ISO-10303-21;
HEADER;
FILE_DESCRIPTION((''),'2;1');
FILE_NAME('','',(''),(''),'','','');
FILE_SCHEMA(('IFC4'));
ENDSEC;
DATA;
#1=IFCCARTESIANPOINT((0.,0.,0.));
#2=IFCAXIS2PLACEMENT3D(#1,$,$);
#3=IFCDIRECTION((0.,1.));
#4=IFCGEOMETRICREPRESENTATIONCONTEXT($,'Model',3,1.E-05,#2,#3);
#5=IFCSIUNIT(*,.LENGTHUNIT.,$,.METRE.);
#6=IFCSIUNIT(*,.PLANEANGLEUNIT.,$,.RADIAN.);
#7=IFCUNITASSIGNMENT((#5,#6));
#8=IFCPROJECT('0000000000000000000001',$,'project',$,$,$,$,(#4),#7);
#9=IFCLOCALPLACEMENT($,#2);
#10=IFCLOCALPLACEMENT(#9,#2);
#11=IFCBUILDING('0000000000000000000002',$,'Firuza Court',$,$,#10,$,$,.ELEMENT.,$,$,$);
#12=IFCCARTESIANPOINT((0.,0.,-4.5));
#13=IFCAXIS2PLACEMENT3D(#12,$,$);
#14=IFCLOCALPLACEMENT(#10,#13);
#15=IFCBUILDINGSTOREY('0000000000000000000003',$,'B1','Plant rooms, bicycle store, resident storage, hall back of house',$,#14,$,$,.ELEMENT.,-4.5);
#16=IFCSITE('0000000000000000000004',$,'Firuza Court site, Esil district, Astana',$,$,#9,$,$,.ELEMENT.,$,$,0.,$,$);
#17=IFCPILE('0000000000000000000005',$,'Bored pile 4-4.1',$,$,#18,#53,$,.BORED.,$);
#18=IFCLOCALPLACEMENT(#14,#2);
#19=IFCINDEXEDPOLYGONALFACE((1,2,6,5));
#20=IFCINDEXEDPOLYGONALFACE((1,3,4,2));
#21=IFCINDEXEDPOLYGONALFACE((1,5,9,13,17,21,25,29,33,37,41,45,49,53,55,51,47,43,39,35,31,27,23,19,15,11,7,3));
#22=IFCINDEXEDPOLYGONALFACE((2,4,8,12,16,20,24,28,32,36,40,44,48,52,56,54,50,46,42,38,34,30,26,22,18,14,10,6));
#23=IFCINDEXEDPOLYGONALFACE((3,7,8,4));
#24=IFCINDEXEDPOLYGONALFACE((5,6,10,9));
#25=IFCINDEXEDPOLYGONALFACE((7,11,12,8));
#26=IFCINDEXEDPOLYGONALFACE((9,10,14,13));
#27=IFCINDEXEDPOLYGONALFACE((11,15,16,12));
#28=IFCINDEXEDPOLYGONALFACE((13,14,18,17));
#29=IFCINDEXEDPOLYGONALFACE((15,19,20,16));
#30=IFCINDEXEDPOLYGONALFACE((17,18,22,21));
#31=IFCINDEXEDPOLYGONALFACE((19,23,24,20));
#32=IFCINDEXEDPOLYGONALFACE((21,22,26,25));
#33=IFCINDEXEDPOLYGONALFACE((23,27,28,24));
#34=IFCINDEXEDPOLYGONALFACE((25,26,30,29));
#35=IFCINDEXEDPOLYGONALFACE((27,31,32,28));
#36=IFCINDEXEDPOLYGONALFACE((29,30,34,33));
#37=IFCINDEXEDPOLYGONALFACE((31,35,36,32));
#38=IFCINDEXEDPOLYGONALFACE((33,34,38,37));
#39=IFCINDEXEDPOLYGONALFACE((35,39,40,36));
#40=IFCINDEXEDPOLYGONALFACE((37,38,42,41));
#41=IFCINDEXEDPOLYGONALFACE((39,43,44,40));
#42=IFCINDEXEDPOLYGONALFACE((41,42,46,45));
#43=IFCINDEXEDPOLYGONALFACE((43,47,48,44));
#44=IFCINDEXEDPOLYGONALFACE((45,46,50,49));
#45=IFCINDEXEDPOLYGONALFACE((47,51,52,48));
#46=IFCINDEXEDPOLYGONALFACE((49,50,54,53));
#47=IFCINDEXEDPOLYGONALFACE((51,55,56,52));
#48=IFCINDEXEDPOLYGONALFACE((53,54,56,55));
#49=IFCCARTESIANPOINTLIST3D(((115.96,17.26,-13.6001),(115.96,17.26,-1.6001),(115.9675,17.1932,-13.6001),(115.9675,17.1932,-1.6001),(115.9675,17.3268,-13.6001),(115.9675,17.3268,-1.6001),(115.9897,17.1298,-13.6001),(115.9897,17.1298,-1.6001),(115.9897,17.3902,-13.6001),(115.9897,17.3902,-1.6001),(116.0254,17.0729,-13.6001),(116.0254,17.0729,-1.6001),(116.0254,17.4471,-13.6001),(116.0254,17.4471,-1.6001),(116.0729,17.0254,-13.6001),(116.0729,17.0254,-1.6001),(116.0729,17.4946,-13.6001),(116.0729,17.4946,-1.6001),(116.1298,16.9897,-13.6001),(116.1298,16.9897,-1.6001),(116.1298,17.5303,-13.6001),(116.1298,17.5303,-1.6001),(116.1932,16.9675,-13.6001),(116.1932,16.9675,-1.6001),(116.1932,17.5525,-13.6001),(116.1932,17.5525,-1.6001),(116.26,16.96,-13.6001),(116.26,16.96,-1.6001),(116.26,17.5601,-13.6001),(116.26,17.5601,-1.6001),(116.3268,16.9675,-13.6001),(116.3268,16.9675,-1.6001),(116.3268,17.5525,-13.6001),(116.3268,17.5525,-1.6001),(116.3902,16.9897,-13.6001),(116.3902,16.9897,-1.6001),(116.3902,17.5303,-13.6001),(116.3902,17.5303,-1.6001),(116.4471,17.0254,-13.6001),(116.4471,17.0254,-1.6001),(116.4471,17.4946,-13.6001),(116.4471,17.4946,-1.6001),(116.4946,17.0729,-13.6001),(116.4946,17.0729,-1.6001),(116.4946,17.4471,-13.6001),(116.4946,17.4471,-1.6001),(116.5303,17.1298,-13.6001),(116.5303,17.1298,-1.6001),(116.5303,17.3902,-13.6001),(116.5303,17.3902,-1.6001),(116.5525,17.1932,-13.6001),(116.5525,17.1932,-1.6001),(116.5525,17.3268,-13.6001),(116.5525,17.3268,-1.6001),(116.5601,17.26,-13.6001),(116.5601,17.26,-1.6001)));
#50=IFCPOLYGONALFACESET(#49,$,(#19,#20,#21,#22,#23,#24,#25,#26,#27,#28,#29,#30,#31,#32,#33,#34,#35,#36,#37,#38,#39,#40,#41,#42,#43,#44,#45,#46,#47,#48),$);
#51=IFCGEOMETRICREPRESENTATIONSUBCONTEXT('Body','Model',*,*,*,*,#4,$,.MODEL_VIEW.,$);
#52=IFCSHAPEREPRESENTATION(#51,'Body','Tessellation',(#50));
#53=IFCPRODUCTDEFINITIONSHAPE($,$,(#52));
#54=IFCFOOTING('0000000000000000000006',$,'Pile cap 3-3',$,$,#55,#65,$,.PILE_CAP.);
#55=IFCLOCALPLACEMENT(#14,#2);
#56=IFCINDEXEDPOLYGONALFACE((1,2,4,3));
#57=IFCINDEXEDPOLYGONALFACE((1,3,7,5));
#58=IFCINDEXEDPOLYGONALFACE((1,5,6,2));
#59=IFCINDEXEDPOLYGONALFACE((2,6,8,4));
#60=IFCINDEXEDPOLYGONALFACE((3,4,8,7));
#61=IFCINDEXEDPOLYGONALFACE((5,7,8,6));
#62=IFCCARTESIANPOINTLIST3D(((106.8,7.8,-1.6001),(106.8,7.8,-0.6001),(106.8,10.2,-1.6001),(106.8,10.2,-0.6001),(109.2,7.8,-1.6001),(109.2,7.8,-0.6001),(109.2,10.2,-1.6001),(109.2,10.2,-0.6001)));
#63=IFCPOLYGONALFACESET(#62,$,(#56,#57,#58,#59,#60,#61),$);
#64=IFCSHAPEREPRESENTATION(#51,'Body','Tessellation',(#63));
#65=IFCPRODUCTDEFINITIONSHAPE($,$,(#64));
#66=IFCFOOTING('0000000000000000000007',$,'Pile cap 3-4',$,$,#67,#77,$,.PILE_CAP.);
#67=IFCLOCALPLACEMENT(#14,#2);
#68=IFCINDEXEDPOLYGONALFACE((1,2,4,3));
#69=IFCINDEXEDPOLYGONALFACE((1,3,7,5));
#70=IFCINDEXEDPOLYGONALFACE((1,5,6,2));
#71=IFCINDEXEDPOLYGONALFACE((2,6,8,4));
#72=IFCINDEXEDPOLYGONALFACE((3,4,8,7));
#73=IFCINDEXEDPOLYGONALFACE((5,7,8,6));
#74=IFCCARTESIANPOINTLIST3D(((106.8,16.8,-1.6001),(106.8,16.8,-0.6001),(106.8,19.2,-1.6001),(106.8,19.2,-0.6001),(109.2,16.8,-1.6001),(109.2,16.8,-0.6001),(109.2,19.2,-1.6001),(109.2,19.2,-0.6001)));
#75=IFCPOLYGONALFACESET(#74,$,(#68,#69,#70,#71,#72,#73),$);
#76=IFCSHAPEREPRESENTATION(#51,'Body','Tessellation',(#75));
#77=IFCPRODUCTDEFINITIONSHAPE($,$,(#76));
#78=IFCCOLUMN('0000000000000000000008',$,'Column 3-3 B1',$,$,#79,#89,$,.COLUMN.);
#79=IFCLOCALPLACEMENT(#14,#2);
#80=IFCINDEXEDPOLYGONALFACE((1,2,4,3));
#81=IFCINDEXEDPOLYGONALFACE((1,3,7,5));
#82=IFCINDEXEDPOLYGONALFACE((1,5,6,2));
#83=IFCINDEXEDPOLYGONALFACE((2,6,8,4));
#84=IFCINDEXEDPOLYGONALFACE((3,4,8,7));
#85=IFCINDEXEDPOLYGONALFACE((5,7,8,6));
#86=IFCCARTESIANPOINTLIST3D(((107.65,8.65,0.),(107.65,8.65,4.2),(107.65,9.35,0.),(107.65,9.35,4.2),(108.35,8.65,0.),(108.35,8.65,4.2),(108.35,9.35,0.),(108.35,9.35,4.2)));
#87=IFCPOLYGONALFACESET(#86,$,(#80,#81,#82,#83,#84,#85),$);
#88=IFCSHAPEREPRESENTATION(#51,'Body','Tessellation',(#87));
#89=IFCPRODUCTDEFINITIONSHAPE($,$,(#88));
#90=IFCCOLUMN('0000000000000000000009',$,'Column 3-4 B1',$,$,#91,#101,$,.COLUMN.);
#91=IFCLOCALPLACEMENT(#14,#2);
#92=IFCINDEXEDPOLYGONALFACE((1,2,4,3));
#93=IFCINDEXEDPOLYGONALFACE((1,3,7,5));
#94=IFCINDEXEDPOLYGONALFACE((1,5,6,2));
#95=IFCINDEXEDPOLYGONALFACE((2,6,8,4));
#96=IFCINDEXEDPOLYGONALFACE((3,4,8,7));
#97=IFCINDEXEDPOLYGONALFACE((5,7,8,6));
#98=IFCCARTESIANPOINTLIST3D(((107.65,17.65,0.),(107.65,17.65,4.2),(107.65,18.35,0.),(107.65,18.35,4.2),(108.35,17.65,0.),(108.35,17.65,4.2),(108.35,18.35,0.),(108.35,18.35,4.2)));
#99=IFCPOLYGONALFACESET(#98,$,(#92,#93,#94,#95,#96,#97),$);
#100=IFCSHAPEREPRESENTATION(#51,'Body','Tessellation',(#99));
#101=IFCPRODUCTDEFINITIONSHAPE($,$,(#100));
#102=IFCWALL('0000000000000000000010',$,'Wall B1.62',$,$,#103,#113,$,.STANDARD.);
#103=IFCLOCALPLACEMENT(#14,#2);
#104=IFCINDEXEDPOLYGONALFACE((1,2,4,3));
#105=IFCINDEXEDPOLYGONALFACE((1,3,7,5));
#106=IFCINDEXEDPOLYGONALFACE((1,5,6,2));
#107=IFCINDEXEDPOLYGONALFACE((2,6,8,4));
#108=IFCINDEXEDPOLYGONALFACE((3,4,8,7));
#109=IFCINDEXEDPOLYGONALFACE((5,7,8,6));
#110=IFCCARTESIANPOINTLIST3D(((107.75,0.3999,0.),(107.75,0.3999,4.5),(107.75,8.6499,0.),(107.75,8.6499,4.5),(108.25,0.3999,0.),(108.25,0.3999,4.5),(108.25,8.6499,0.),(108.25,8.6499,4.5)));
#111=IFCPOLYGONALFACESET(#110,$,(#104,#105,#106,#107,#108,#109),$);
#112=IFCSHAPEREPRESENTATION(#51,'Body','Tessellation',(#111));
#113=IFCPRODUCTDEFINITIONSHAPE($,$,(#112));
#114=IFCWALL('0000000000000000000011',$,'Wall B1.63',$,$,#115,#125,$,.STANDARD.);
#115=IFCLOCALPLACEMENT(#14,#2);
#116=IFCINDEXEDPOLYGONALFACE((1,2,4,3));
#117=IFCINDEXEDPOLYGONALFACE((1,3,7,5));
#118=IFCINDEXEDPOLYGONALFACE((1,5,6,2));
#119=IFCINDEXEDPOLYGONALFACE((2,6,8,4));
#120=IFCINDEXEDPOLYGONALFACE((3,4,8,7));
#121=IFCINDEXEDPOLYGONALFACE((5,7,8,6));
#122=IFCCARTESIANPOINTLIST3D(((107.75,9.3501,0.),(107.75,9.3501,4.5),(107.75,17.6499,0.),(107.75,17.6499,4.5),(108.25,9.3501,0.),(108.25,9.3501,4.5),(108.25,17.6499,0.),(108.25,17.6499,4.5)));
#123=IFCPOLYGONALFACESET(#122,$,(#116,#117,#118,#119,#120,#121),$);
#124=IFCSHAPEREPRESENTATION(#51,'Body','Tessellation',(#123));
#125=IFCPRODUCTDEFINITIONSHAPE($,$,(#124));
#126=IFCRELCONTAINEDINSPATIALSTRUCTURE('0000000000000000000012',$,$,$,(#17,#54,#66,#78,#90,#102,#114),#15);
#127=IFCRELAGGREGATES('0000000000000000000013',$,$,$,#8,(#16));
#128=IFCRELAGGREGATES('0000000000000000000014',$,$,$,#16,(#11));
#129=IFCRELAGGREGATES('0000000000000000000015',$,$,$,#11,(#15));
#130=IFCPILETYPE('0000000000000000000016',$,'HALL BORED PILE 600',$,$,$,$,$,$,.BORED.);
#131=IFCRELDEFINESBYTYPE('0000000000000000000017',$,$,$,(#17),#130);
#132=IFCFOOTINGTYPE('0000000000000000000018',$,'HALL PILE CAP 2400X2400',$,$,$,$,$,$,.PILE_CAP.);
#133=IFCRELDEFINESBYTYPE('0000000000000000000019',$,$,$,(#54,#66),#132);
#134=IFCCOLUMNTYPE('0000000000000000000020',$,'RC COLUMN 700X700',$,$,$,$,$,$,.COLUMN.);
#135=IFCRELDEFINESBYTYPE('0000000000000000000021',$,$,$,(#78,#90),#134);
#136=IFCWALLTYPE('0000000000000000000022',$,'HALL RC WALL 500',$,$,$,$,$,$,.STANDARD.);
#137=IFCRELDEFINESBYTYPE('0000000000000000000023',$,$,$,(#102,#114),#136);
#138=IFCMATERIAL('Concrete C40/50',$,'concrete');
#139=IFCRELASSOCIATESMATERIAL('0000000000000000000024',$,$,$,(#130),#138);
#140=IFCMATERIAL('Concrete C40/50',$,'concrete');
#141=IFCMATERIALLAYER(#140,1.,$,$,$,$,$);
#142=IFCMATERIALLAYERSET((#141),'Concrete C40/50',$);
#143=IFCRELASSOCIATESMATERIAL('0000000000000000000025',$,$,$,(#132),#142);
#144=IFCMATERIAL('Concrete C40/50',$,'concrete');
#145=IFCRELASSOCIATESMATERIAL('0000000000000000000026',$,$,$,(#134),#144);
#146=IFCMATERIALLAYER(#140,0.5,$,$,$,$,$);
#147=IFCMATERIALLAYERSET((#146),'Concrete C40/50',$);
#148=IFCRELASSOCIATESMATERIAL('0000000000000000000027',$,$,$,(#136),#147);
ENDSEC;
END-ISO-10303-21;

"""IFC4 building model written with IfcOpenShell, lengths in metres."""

from ifc_helpers import new_model, si_unit, direction, frame, frame_2d, origin, origin_2d, place, context, subcontext, project, spatial, rectangle, circle, extrude, material, layer, layer_set, material_profile, profile_set, type_object, element, save


model = new_model("IFC4")

# Units and contexts
model_context = context("Model", 3, precision=1e-05, world=origin(), true_north=direction((0.0, 1.0)))
body_context = subcontext(model_context, "Body", "Model", "MODEL_VIEW")
ifc_project = project(units=[si_unit("LENGTHUNIT", "METRE"), si_unit("PLANEANGLEUNIT", "RADIAN")], contexts=[model_context])

# Site, building, storey
site_placement = place(None, origin())
site = spatial("IfcSite", under=ifc_project, at=site_placement, Name="Firuza Court site, Esil district, Astana", CompositionType="ELEMENT", RefElevation=0.0)
building_placement = place(site_placement, origin())
building = spatial("IfcBuilding", under=site, at=building_placement, Name="Firuza Court", CompositionType="ELEMENT")
storey_placement = place(building_placement, frame((0.0, 0.0, -4.5)))
storey = spatial("IfcBuildingStorey", under=building, at=storey_placement, Name="B1", Description="Plant rooms, bicycle store, resident storage, hall back of house", CompositionType="ELEMENT", Elevation=-4.5)

# Pile
ifc_material_1 = material(Name="Concrete C40/50", Category="concrete")
ifc_material_profile_1 = material_profile(ifc_material_1, circle(Radius=0.3, at=origin_2d()), Name="PILE 600")
ifc_profile_set_1 = profile_set([ifc_material_profile_1], Name="Concrete C40/50")
pile_type = type_object("IfcPileType", Name="HALL BORED PILE 600", PredefinedType="BORED", material=ifc_profile_set_1)
for number, where, z_axis, x_axis, name in (
    (1, (116.26, 17.26, -1.6001), (0.0, 0.0, -1.0), (1.0, 0.0, 0.0), "Bored pile 4-4.1"),
):
    element("IfcPile", number, at=place(storey_placement, frame(where, z_axis=z_axis, x_axis=x_axis)), inside=storey, type_object=pile_type, Name=name, PredefinedType="BORED", context=body_context, shape_type="SweptSolid", body=[
        extrude(circle(Radius=0.3, at=origin_2d()), origin(), (0.0, 0.0, 1.0), 12.0),
    ])

# Footings
ifc_material_2 = material(Name="Concrete C40/50", Category="concrete")
ifc_layer_1 = layer(ifc_material_2, 1.0)
ifc_layer_set_1 = layer_set([ifc_layer_1], Name="Concrete C40/50")
footing_type = type_object("IfcFootingType", Name="HALL PILE CAP 2400X2400", PredefinedType="PILE_CAP", material=ifc_layer_set_1)
for number, where, z_axis, x_axis, name in (
    (2, (108.0, 9.0, -1.6001), (0.0, 0.0, 1.0), (1.0, 0.0, 0.0), "Pile cap 3-3"),
    (3, (108.0, 18.0, -1.6001), (0.0, 0.0, 1.0), (1.0, 0.0, 0.0), "Pile cap 3-4"),
):
    element("IfcFooting", number, at=place(storey_placement, frame(where, z_axis=z_axis, x_axis=x_axis)), inside=storey, type_object=footing_type, Name=name, PredefinedType="PILE_CAP", context=body_context, shape_type="SweptSolid", body=[
        extrude(rectangle(XDim=2.3999, YDim=2.3999, at=origin_2d()), origin(), (0.0, 0.0, 1.0), 1.0),
    ])

# Columns
ifc_material_3 = material(Name="Concrete C40/50", Category="concrete")
ifc_material_profile_2 = material_profile(ifc_material_3, rectangle(XDim=0.7, YDim=0.7, at=origin_2d()), Name="RC 700X700")
ifc_profile_set_2 = profile_set([ifc_material_profile_2], Name="Concrete C40/50")
column_type = type_object("IfcColumnType", Name="RC COLUMN 700X700", PredefinedType="COLUMN", material=ifc_profile_set_2)
for number, where, z_axis, x_axis, name in (
    (4, (108.0, 9.0, 0.0), (0.0, 0.0, 1.0), (1.0, 0.0, 0.0), "Column 3-3 B1"),
    (5, (108.0, 18.0, 0.0), (0.0, 0.0, 1.0), (1.0, 0.0, 0.0), "Column 3-4 B1"),
):
    element("IfcColumn", number, at=place(storey_placement, frame(where, z_axis=z_axis, x_axis=x_axis)), inside=storey, type_object=column_type, Name=name, PredefinedType="COLUMN", context=body_context, shape_type="SweptSolid", body=[
        extrude(rectangle(XDim=0.7, YDim=0.7, at=origin_2d()), origin(), (0.0, 0.0, 1.0), 4.2),
    ])

# Walls
ifc_layer_2 = layer(ifc_material_2, 0.5)
ifc_layer_set_2 = layer_set([ifc_layer_2], Name="Concrete C40/50")
wall_type = type_object("IfcWallType", Name="HALL RC WALL 500", PredefinedType="STANDARD", material=ifc_layer_set_2)
wall_1_placement = place(storey_placement, frame((108.0, 0.3999, 0.0), z_axis=(0.0, 0.0, 1.0), x_axis=(0.0, 1.0, 0.0)))
element("IfcWall", 6, at=wall_1_placement, inside=storey, type_object=wall_type, Name="Wall B1.62", PredefinedType="STANDARD", context=body_context, shape_type="SweptSolid", body=[
    extrude(rectangle(XDim=8.25, YDim=0.5, at=frame_2d((4.125, 0.0))), origin(), (0.0, 0.0, 1.0), 4.5),
])
wall_2_placement = place(storey_placement, frame((108.0, 9.3501, 0.0), z_axis=(0.0, 0.0, 1.0), x_axis=(0.0, 1.0, 0.0)))
element("IfcWall", 7, at=wall_2_placement, inside=storey, type_object=wall_type, Name="Wall B1.63", PredefinedType="STANDARD", context=body_context, shape_type="SweptSolid", body=[
    extrude(rectangle(XDim=8.2998, YDim=0.5, at=frame_2d((4.1499, 0.0))), origin(), (0.0, 0.0, 1.0), 4.5),
])

save(model, "model.ifc")
